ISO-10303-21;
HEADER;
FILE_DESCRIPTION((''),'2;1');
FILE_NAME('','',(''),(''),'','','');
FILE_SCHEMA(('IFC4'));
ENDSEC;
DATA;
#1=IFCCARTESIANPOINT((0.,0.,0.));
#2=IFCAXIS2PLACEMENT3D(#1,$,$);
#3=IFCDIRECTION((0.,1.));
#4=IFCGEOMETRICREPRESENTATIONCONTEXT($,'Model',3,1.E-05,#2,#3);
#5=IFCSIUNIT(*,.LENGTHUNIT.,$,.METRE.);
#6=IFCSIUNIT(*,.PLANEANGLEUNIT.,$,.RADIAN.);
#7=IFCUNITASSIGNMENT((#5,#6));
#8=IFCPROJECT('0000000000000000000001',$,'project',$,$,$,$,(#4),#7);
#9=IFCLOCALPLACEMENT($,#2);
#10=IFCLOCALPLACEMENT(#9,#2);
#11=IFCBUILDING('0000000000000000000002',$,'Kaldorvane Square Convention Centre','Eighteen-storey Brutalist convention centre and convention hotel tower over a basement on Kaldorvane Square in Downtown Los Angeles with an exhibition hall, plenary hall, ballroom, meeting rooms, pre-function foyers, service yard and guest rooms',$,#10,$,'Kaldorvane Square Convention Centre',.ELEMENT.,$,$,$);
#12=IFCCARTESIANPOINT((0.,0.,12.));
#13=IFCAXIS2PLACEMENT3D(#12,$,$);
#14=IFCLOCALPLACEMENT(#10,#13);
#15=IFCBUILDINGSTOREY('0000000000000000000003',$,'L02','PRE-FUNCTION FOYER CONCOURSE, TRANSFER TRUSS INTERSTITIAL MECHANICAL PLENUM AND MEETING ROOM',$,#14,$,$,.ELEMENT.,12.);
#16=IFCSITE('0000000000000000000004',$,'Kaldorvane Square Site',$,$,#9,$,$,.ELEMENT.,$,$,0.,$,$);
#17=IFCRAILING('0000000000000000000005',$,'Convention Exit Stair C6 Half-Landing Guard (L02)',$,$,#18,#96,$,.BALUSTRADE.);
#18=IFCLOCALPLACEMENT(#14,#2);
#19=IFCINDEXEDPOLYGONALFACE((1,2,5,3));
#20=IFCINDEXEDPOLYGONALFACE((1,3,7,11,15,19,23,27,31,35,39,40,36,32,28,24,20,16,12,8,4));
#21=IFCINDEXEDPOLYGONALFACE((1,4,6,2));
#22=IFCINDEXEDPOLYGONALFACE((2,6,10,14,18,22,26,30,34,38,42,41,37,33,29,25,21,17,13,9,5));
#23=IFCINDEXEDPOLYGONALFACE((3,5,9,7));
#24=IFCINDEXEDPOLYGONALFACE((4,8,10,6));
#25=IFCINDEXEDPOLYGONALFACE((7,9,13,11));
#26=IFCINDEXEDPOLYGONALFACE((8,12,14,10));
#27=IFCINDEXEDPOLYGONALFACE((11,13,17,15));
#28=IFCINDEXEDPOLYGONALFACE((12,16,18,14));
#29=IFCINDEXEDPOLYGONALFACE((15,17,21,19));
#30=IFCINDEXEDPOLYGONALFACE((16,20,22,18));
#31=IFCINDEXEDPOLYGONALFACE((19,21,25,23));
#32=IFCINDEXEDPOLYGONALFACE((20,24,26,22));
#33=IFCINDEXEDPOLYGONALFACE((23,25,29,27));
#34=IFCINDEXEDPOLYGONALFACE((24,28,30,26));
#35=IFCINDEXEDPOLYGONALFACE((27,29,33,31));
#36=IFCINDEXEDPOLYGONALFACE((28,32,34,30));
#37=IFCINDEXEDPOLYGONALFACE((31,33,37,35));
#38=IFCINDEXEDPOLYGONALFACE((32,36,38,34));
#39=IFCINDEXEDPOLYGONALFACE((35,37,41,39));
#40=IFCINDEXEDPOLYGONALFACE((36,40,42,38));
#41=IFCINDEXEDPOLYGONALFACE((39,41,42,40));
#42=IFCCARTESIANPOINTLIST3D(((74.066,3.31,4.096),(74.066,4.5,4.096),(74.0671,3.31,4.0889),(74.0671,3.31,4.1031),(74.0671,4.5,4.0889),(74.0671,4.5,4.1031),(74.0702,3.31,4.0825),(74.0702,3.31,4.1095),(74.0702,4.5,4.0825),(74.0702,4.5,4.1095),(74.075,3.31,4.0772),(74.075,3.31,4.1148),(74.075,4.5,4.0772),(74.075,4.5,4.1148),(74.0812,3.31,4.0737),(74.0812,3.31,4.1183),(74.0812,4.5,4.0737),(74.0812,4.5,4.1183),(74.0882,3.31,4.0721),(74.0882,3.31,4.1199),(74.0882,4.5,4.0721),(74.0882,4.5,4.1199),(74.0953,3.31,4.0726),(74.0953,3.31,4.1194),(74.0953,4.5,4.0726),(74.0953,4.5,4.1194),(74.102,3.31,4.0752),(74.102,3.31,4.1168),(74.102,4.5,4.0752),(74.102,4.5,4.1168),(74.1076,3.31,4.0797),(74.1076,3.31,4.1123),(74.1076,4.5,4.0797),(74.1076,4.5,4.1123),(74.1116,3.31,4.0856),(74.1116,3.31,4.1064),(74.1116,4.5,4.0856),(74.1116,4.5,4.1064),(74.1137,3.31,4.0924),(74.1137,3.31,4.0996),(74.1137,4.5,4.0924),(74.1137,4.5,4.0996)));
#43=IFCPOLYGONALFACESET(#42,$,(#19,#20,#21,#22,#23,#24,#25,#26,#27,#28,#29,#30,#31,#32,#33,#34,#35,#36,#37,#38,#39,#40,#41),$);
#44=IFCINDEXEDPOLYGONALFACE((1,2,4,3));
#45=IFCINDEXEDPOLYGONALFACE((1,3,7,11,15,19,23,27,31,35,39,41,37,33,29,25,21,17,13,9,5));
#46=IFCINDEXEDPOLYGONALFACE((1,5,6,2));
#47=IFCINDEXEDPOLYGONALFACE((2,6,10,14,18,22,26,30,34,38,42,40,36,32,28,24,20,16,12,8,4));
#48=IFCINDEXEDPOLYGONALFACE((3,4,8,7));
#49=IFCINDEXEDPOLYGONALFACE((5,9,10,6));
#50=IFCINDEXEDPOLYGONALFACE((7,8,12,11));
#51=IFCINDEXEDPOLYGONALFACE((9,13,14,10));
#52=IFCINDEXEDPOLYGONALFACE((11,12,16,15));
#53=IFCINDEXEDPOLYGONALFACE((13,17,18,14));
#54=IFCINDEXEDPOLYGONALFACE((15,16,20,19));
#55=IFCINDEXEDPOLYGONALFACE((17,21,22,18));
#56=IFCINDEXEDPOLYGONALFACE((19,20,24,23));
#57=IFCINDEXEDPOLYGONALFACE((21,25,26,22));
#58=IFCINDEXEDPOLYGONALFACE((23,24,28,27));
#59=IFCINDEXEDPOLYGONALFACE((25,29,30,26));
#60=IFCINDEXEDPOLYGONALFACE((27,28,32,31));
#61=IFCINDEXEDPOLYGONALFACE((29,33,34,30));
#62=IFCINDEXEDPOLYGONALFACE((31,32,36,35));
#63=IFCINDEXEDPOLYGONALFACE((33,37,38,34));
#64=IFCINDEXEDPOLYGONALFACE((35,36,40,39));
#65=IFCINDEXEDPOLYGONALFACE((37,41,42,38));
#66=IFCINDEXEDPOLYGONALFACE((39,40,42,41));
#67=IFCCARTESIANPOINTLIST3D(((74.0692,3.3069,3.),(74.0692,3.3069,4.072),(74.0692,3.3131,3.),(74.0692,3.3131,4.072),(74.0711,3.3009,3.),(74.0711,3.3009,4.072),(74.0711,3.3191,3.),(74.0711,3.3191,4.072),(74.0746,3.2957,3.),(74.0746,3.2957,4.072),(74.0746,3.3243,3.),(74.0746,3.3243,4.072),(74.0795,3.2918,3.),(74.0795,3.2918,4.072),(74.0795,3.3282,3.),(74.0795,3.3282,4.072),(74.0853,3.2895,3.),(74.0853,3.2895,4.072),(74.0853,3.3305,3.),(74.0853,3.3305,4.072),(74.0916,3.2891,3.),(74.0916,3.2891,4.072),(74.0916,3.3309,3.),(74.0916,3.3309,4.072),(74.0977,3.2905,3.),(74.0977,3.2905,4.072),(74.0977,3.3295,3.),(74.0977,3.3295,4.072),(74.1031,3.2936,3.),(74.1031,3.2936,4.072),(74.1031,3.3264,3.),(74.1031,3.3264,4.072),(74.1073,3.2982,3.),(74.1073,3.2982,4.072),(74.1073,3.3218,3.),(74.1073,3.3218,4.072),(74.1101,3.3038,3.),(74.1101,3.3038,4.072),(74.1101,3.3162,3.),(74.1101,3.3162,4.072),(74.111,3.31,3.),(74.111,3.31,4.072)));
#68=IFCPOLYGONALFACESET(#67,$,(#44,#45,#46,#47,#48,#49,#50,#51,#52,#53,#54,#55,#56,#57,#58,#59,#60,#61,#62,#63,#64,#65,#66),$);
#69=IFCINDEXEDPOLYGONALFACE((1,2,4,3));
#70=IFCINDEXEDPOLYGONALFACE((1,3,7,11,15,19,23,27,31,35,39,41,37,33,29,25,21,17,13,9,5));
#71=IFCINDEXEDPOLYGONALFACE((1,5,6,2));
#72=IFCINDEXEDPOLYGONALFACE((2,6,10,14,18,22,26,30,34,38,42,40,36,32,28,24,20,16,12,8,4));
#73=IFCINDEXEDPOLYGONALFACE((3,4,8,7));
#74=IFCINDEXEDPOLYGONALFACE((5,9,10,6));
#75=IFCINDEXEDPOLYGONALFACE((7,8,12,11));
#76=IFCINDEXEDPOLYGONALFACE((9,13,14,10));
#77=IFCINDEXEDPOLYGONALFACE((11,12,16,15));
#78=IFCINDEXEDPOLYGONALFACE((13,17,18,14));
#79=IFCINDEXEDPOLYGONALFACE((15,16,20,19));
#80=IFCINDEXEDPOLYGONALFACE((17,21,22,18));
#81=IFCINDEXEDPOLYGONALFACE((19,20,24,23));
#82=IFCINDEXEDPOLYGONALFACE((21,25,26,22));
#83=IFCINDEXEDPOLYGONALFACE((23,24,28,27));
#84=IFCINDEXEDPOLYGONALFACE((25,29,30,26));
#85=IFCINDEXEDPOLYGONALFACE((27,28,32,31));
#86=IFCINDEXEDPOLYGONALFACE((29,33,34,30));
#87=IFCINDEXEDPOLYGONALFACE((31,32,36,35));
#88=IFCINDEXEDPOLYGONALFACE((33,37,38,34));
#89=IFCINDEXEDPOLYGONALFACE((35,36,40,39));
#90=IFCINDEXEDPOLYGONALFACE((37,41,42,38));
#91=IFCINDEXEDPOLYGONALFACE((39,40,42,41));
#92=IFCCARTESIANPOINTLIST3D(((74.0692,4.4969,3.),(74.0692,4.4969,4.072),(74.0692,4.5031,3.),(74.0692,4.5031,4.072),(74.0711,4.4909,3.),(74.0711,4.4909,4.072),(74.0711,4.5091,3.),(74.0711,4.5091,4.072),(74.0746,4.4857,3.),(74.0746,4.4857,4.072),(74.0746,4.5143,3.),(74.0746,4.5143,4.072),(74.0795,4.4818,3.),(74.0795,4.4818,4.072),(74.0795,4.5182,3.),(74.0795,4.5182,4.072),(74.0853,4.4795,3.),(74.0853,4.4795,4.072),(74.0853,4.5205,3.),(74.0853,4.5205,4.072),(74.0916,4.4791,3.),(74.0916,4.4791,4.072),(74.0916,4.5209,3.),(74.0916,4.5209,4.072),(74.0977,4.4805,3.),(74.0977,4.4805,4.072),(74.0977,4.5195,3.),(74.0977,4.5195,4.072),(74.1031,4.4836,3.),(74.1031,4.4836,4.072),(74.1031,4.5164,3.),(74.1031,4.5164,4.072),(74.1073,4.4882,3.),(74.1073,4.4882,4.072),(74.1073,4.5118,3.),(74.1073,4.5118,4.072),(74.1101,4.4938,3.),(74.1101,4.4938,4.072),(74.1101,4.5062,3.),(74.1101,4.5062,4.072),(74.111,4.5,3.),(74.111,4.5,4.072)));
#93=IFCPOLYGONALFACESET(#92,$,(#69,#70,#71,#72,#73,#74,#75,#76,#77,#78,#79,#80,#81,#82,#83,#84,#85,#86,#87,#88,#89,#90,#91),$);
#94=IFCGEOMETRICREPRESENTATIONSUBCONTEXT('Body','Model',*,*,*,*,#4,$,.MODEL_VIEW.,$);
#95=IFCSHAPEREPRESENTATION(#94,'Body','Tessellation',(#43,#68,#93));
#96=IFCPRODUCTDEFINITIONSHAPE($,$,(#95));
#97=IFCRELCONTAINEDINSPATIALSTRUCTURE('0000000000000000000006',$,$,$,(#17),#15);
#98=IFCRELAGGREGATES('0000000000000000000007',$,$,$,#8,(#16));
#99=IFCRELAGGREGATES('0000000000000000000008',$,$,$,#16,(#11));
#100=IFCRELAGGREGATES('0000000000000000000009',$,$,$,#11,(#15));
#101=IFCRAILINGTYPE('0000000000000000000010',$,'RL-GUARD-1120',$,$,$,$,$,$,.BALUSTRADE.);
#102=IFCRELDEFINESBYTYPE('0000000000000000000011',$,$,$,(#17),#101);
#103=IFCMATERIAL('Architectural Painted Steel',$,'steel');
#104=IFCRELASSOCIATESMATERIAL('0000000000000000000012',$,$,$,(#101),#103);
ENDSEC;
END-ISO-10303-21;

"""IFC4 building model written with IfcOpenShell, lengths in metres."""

from ifc_helpers import new_model, si_unit, direction, frame, origin, origin_2d, place, context, subcontext, project, spatial, circle, extrude, material, type_object, element, save


model = new_model("IFC4")

# Units and contexts
model_context = context("Model", 3, precision=1e-05, world=origin(), true_north=direction((0.0, 1.0)))
body_context = subcontext(model_context, "Body", "Model", "MODEL_VIEW")
ifc_project = project(units=[si_unit("LENGTHUNIT", "METRE"), si_unit("PLANEANGLEUNIT", "RADIAN")], contexts=[model_context])

# Site, building, storey
site_placement = place(None, origin())
site = spatial("IfcSite", under=ifc_project, at=site_placement, Name="Kaldorvane Square Site", CompositionType="ELEMENT", RefElevation=0.0)
building_placement = place(site_placement, origin())
building = spatial("IfcBuilding", under=site, at=building_placement, Name="Kaldorvane Square Convention Centre", Description="Eighteen-storey Brutalist convention centre and convention hotel tower over a basement on Kaldorvane Square in Downtown Los Angeles with an exhibition hall, plenary hall, ballroom, meeting rooms, pre-function foyers, service yard and guest rooms", LongName="Kaldorvane Square Convention Centre", CompositionType="ELEMENT")
storey_placement = place(building_placement, frame((0.0, 0.0, 12.0)))
storey = spatial("IfcBuildingStorey", under=building, at=storey_placement, Name="L02", Description="PRE-FUNCTION FOYER CONCOURSE, TRANSFER TRUSS INTERSTITIAL MECHANICAL PLENUM AND MEETING ROOM", CompositionType="ELEMENT", Elevation=12.0)

# Railing
ifc_material_1 = material(Name="Architectural Painted Steel", Category="steel")
railing_type_1 = type_object("IfcRailingType", Name="RL-GUARD-1120", PredefinedType="BALUSTRADE", material=ifc_material_1)
for number, where, name in (
    (1, (74.09, 3.31, 3.0), "Convention Exit Stair C6 Half-Landing Guard (L02)"),
):
    element("IfcRailing", number, at=place(storey_placement, frame(where)), inside=storey, type_object=railing_type_1, Name=name, PredefinedType="BALUSTRADE", context=body_context, shape_type="SweptSolid", body=[
        extrude(circle(Radius=0.024, at=origin_2d()), frame((0.0, 0.0, 1.096), z_axis=(0.0, 1.0, 0.0), x_axis=(-1.0, 0.0, 0.0)), (0.0, 0.0, 1.0), 1.19),
        extrude(circle(Radius=0.021, at=origin_2d()), origin(), (0.0, 0.0, 1.0), 1.072),
        extrude(circle(Radius=0.021, at=origin_2d()), frame((0.0, 1.19, 0.0)), (0.0, 0.0, 1.0), 1.072),
    ])

save(model, "model.ifc")
